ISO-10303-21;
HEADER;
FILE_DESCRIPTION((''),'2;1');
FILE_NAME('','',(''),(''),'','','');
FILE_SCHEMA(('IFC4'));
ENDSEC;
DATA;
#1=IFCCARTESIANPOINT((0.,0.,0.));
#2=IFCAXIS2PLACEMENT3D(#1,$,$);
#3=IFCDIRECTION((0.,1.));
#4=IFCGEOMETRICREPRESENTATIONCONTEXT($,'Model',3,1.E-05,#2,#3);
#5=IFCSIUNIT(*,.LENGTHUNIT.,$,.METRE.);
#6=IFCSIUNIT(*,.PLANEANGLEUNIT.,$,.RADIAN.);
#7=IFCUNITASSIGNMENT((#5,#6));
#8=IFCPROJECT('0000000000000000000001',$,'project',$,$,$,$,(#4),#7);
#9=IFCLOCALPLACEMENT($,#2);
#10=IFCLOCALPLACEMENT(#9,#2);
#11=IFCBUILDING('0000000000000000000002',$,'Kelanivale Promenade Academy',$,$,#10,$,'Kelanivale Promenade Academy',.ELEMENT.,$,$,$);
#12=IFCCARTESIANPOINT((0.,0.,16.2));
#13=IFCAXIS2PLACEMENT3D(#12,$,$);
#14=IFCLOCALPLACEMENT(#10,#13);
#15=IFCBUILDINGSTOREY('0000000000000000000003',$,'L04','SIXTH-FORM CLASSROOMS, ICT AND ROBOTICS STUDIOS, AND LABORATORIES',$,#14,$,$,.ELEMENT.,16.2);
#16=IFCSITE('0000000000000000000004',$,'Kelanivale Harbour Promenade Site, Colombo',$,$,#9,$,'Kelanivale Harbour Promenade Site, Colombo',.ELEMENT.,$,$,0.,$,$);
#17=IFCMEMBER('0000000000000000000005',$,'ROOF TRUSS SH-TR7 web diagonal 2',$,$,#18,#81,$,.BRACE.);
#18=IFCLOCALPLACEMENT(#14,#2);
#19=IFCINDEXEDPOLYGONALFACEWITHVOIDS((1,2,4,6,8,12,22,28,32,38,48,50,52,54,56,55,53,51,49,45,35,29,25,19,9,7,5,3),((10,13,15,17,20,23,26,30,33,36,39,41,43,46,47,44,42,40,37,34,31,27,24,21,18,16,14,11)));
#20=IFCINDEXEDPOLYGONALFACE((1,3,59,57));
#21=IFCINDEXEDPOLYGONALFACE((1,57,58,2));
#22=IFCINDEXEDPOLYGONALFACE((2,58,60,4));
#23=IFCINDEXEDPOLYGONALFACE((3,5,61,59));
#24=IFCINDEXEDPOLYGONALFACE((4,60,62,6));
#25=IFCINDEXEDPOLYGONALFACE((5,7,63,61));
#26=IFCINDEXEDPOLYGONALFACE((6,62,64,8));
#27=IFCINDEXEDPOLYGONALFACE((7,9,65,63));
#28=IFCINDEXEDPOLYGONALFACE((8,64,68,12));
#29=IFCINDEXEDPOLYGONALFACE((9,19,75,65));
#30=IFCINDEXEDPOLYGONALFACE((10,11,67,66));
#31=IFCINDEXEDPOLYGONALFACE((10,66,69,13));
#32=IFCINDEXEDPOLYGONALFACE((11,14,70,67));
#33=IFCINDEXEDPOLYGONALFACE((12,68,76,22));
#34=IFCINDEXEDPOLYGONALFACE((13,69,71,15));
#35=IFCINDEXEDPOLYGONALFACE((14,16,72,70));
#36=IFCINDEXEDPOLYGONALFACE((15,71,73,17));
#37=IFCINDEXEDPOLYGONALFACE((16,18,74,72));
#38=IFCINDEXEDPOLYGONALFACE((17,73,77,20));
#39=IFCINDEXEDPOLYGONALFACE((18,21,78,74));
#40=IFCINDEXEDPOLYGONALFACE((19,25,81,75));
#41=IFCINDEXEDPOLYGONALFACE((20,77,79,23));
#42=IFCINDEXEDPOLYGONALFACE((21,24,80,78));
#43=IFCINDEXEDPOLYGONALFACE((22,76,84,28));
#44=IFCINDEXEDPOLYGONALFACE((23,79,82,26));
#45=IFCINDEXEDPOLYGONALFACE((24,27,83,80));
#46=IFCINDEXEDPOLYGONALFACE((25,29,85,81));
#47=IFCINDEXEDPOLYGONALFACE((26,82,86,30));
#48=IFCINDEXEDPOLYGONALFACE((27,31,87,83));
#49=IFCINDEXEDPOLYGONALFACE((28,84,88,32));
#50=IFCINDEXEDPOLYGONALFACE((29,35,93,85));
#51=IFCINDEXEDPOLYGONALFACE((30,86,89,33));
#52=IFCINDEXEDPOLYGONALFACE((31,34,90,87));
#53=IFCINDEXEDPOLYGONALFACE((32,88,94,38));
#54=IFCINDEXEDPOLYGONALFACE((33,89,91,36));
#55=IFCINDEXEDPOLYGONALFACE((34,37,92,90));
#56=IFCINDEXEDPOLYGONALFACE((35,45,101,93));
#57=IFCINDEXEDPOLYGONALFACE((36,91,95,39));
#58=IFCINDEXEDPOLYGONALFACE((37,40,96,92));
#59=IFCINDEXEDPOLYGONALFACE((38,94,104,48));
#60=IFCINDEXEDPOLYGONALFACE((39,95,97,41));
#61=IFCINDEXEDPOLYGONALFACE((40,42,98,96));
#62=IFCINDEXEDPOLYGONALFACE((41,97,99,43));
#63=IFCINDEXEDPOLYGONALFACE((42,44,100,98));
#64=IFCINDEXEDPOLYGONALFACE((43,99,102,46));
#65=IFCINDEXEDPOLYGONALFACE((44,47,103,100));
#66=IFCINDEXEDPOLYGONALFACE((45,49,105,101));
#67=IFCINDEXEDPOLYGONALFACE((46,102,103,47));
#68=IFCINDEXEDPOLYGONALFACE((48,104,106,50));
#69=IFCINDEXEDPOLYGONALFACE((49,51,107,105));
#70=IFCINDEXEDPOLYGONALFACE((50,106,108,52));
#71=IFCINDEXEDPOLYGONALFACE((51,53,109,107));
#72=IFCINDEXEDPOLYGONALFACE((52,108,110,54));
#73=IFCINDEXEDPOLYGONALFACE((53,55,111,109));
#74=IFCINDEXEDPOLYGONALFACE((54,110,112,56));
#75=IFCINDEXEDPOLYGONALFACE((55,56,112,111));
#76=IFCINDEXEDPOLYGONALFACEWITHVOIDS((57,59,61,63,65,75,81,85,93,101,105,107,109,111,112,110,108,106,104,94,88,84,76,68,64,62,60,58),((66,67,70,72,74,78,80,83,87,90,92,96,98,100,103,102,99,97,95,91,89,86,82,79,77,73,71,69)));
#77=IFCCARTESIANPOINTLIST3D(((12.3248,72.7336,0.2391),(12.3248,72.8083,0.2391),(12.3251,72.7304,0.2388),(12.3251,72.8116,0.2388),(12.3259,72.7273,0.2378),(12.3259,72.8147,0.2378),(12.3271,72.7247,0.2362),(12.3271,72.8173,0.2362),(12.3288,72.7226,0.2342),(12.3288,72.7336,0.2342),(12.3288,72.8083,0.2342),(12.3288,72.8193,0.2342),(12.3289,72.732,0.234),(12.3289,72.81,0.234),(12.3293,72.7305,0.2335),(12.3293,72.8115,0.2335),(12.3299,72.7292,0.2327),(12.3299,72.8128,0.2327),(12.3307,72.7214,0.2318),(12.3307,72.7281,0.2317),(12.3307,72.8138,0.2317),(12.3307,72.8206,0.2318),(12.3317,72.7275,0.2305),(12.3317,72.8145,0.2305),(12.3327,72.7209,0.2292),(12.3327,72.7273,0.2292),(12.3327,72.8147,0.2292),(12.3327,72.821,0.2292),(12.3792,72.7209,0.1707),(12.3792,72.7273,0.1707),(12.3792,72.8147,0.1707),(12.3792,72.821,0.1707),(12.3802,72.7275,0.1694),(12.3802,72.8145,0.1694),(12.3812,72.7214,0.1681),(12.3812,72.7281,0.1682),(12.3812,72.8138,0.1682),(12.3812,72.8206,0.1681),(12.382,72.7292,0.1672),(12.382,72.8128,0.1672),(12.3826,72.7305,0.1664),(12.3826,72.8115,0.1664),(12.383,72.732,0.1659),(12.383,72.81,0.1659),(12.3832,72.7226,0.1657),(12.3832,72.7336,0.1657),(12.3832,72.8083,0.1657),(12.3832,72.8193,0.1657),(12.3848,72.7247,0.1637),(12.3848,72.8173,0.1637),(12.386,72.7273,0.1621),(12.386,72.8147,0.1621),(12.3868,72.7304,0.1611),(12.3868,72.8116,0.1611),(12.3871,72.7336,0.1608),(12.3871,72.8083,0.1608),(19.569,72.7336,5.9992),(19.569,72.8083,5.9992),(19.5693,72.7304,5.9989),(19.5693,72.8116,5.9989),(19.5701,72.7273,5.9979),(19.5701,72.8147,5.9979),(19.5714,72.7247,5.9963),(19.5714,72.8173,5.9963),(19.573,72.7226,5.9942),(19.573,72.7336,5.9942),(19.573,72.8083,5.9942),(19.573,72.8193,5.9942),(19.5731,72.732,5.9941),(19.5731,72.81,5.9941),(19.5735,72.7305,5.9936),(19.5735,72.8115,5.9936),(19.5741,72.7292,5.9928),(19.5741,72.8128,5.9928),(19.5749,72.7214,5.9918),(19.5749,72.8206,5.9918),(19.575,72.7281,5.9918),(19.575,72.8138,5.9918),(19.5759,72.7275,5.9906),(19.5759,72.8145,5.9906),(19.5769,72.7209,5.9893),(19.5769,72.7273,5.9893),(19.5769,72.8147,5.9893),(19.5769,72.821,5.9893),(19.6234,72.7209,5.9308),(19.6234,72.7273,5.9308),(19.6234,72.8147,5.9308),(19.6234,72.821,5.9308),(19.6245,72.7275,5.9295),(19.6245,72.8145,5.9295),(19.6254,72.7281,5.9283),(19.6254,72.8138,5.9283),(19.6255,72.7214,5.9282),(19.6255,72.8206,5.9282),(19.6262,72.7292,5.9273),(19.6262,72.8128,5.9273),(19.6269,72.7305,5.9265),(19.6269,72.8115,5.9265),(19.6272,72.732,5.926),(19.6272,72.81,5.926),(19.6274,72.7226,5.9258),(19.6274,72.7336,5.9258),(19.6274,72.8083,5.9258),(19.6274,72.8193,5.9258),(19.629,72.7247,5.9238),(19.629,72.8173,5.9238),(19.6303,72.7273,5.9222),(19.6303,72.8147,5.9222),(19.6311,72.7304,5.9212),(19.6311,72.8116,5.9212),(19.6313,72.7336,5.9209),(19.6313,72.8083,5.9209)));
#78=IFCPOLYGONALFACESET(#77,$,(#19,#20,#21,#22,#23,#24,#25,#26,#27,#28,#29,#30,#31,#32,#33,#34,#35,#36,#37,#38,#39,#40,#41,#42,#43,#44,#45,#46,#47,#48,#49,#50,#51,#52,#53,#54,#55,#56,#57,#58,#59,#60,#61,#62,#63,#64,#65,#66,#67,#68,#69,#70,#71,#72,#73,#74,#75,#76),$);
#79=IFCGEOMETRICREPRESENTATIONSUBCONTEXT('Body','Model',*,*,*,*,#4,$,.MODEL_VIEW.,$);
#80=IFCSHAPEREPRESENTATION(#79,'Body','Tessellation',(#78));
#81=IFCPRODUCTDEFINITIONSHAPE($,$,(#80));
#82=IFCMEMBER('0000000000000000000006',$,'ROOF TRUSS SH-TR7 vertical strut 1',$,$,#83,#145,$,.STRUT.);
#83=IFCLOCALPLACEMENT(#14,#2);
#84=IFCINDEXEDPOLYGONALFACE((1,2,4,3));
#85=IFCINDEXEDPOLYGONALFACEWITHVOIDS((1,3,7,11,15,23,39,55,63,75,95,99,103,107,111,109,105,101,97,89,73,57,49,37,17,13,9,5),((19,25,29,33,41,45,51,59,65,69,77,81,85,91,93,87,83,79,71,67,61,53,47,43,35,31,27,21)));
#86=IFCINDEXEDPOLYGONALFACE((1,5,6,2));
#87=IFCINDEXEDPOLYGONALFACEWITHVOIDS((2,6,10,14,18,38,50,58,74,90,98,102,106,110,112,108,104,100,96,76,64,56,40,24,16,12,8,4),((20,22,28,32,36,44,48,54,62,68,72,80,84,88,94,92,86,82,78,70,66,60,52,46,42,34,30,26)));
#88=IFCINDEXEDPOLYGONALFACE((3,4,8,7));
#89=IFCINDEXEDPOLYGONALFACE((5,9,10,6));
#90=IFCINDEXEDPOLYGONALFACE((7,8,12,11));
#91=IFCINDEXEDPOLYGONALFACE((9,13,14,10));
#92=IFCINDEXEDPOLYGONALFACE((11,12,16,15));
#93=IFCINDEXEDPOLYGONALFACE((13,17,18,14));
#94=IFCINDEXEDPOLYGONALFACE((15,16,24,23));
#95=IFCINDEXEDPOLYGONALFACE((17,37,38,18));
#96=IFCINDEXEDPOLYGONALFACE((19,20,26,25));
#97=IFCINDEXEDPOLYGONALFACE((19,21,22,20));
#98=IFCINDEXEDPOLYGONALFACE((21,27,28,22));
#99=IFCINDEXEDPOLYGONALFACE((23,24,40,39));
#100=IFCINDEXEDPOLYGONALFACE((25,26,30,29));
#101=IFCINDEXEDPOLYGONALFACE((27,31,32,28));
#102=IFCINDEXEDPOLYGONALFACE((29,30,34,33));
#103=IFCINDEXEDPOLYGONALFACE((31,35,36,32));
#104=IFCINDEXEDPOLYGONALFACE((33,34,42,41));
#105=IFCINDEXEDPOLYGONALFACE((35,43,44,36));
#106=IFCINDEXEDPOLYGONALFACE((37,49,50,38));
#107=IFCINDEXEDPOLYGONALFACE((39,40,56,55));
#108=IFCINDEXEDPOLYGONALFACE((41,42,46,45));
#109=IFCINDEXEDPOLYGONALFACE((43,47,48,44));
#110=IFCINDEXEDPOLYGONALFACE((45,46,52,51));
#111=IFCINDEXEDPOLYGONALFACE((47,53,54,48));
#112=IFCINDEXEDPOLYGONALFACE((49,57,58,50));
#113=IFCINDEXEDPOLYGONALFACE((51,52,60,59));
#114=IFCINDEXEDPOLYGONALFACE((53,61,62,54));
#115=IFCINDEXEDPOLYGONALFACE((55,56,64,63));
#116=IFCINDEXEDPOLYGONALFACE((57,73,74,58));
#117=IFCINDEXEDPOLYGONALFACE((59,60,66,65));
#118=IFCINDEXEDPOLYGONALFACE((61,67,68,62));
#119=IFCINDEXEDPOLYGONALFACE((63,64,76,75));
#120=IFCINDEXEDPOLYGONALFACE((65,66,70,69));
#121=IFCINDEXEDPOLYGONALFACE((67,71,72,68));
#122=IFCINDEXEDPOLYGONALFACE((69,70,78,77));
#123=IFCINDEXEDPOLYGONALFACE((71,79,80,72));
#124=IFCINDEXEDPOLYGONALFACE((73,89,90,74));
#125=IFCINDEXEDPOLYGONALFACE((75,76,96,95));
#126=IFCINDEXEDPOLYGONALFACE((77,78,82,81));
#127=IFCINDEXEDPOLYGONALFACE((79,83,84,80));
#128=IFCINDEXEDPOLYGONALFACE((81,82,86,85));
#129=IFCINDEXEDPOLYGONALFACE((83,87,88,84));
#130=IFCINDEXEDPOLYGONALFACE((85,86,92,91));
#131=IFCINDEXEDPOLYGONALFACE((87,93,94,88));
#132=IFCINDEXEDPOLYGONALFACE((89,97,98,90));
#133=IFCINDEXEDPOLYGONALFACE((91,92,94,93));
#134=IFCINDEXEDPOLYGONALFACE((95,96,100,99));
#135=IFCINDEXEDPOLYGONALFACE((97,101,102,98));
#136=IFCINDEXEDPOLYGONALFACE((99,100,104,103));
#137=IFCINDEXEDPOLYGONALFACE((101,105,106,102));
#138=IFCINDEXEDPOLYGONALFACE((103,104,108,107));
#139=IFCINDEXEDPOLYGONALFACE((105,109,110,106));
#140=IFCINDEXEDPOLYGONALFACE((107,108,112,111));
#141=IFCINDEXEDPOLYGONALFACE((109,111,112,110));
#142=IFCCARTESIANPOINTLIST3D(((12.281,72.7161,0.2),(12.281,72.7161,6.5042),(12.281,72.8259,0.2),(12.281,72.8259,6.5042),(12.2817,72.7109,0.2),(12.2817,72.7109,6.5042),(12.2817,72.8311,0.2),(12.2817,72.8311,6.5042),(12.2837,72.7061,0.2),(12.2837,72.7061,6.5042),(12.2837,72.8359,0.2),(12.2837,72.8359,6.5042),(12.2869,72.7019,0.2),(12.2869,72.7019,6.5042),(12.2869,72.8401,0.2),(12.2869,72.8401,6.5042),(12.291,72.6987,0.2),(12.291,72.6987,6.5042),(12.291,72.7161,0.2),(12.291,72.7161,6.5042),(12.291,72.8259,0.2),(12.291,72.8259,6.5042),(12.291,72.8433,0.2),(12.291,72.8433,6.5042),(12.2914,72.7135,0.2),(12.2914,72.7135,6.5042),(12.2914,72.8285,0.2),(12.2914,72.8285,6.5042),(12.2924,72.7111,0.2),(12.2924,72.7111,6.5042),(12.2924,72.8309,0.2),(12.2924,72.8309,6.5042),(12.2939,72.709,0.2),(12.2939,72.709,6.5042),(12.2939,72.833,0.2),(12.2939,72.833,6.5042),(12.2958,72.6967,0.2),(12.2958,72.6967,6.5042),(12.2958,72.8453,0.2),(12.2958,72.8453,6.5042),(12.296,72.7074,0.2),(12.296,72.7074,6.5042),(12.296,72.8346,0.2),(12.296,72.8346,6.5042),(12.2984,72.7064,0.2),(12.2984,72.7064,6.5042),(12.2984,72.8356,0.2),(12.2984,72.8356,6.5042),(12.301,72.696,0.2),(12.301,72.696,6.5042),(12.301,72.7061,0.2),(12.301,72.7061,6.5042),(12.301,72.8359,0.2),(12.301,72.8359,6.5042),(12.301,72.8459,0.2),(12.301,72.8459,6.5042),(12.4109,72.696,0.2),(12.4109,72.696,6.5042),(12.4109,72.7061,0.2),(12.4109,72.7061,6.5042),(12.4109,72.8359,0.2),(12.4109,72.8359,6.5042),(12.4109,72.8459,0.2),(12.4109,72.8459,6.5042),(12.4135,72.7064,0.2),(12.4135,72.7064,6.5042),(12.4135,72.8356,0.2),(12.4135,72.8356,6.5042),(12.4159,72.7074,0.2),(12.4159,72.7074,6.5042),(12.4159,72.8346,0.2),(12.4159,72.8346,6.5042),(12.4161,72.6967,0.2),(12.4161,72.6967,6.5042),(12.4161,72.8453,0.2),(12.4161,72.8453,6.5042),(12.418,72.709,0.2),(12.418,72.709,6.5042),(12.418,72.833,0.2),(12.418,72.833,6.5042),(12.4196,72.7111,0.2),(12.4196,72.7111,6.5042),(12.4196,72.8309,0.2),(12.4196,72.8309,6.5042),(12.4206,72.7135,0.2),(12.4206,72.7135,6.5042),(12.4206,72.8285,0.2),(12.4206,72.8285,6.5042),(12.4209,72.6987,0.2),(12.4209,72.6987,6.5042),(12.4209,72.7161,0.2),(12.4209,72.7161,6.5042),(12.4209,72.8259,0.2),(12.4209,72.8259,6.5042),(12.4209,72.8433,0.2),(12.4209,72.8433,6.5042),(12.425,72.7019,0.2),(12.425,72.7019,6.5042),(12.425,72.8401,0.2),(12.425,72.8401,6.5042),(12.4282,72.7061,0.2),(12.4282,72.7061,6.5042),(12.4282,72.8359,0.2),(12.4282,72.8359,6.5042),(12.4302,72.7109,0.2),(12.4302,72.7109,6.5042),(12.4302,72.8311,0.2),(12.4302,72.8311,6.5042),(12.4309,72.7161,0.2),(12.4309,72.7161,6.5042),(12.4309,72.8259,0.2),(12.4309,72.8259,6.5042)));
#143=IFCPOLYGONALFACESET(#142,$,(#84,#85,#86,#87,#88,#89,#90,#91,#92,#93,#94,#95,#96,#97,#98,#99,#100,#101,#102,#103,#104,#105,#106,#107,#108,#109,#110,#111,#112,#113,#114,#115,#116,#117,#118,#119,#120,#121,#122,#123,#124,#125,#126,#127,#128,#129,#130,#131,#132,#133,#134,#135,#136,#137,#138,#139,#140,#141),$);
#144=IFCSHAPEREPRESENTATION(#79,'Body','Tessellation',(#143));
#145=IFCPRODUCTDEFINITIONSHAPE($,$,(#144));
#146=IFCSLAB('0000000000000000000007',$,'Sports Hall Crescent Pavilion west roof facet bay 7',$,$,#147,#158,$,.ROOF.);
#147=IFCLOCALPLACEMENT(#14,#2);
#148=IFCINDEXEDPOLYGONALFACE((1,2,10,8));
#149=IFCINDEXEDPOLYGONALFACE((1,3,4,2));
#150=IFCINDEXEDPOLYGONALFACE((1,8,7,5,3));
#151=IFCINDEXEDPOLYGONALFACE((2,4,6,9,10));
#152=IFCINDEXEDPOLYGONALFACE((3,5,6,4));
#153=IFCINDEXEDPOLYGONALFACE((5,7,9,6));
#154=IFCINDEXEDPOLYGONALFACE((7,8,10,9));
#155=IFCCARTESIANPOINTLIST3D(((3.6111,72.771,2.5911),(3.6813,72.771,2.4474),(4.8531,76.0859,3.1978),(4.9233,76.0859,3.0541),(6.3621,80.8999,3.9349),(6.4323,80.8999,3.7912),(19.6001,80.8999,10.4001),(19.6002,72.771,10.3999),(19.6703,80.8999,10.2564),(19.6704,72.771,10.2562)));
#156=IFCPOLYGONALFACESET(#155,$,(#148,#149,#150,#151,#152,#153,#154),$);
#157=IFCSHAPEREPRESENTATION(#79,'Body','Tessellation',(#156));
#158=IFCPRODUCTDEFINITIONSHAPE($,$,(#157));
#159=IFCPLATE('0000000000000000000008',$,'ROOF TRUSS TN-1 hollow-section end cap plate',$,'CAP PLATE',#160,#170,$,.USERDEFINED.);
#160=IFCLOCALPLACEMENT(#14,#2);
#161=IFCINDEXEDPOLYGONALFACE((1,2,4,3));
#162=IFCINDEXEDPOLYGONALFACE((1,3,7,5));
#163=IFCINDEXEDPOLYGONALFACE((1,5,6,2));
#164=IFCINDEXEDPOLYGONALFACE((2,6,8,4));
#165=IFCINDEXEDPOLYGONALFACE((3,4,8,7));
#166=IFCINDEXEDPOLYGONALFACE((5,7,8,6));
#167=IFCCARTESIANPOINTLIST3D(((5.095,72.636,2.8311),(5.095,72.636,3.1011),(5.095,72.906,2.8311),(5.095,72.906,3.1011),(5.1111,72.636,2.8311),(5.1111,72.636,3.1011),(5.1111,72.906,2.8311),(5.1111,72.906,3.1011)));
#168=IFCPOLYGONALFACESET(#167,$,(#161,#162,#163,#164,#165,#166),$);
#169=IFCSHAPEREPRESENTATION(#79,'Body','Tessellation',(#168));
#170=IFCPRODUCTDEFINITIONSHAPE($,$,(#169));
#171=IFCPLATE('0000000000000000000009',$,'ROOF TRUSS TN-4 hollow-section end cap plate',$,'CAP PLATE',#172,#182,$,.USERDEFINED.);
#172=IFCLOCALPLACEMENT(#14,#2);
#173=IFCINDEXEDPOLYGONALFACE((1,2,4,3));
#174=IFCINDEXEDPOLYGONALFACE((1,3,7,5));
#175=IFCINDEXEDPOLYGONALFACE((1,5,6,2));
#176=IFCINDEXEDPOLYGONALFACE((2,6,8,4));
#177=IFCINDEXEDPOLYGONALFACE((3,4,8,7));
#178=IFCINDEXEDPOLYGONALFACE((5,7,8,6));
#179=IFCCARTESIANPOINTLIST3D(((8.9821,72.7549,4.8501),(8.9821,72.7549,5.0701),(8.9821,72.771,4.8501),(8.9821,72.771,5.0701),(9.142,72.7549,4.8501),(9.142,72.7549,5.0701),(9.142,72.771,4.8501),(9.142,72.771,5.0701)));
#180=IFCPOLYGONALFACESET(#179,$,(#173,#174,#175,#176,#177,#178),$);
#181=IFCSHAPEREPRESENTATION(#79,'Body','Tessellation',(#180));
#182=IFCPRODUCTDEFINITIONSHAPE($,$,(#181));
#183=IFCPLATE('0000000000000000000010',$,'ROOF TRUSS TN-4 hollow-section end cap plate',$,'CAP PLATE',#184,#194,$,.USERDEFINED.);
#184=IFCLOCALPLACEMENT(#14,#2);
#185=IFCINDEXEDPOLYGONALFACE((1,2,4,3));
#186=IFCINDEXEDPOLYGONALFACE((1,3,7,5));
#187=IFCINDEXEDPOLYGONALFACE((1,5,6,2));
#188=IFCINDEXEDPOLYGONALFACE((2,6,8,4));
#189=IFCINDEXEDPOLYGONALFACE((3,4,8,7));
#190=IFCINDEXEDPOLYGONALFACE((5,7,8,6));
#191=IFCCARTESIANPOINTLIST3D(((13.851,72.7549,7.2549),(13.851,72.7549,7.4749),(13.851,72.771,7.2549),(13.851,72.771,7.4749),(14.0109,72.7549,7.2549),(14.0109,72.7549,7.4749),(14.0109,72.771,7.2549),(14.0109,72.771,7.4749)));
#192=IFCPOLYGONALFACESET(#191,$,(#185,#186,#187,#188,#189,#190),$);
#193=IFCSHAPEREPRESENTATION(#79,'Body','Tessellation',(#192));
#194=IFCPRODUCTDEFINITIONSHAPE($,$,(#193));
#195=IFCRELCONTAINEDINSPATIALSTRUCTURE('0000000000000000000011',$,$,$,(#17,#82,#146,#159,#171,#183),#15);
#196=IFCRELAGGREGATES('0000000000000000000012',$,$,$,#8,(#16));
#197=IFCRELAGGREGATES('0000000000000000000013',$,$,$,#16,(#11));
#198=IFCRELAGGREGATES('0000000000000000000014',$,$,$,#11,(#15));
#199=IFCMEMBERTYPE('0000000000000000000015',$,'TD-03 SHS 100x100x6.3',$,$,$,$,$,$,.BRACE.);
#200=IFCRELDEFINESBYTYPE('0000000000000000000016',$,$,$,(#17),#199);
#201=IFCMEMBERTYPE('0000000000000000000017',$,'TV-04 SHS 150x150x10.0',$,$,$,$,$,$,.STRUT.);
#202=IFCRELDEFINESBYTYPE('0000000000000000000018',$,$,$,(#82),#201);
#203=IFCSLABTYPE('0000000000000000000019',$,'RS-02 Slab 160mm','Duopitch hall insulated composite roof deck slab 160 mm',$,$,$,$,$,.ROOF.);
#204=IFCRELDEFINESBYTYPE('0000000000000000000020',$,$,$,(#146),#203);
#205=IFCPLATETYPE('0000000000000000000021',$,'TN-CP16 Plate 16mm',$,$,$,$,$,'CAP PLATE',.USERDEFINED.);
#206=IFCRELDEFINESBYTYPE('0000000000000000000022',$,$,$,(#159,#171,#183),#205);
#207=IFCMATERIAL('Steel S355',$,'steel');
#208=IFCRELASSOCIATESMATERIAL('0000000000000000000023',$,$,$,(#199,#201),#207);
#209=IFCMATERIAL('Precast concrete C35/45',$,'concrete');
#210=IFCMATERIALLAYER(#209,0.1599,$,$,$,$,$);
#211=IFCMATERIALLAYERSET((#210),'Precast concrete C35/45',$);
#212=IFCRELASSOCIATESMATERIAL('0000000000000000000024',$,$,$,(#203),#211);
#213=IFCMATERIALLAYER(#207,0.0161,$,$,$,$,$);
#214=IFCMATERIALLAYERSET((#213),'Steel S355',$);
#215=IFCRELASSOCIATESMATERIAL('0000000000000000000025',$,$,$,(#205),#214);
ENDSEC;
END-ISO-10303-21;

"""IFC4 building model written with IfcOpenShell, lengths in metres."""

from ifc_helpers import new_model, si_unit, direction, frame, origin, origin_2d, place, context, subcontext, project, spatial, polyline, rectangle, hollow_rectangle, outline, extrude, material, layer, layer_set, material_profile, profile_set, type_object, element, save


model = new_model("IFC4")

# Units and contexts
model_context = context("Model", 3, precision=1e-05, world=origin(), true_north=direction((0.0, 1.0)))
body_context = subcontext(model_context, "Body", "Model", "MODEL_VIEW")
ifc_project = project(units=[si_unit("LENGTHUNIT", "METRE"), si_unit("PLANEANGLEUNIT", "RADIAN")], contexts=[model_context])

# Site, building, storey
site_placement = place(None, origin())
site = spatial("IfcSite", under=ifc_project, at=site_placement, Name="Kelanivale Harbour Promenade Site, Colombo", LongName="Kelanivale Harbour Promenade Site, Colombo", CompositionType="ELEMENT", RefElevation=0.0)
building_placement = place(site_placement, origin())
building = spatial("IfcBuilding", under=site, at=building_placement, Name="Kelanivale Promenade Academy", LongName="Kelanivale Promenade Academy", CompositionType="ELEMENT")
storey_placement = place(building_placement, frame((0.0, 0.0, 16.2)))
storey = spatial("IfcBuildingStorey", under=building, at=storey_placement, Name="L04", Description="SIXTH-FORM CLASSROOMS, ICT AND ROBOTICS STUDIOS, AND LABORATORIES", CompositionType="ELEMENT", Elevation=16.2)

# Shared definitions
ifc_material_1 = material(Name="Steel S355", Category="steel")

# Members
ifc_material_profile_1 = material_profile(ifc_material_1, hollow_rectangle(XDim=0.1001, YDim=0.1001, WallThickness=0.0063, InnerFilletRadius=0.0063, OuterFilletRadius=0.0127, at=origin_2d()), Name="SHS 100x100x6.3")
ifc_profile_set_1 = profile_set([ifc_material_profile_1], Name="Steel S355")
member_type_1 = type_object("IfcMemberType", Name="TD-03 SHS 100x100x6.3", PredefinedType="BRACE", material=ifc_profile_set_1)
member_1_placement = place(storey_placement, frame((12.356, 72.771, 0.2), z_axis=(0.782726, 0.0, 0.622366), x_axis=(0.0, 1.0, 0.0)))
element("IfcMember", 1, at=member_1_placement, inside=storey, type_object=member_type_1, Name="ROOF TRUSS SH-TR7 web diagonal 2", PredefinedType="BRACE", context=body_context, shape_type="SweptSolid", body=[
    extrude(hollow_rectangle(XDim=0.1001, YDim=0.1001, WallThickness=0.0063, InnerFilletRadius=0.0063, OuterFilletRadius=0.0127, at=origin_2d()), origin(), (0.0, 0.0, 1.0), 9.2551),
])
ifc_material_profile_2 = material_profile(ifc_material_1, hollow_rectangle(XDim=0.1499, YDim=0.1499, WallThickness=0.01, InnerFilletRadius=0.01, OuterFilletRadius=0.02, at=origin_2d()), Name="SHS 150x150x10.0")
ifc_profile_set_2 = profile_set([ifc_material_profile_2], Name="Steel S355")
member_type_2 = type_object("IfcMemberType", Name="TV-04 SHS 150x150x10.0", PredefinedType="STRUT", material=ifc_profile_set_2)
member_2_placement = place(storey_placement, frame((12.356, 72.771, 0.2), z_axis=(0.0, 0.0, 1.0), x_axis=(1.0, 0.0, 0.0)))
element("IfcMember", 2, at=member_2_placement, inside=storey, type_object=member_type_2, Name="ROOF TRUSS SH-TR7 vertical strut 1", PredefinedType="STRUT", context=body_context, shape_type="SweptSolid", body=[
    extrude(hollow_rectangle(XDim=0.1499, YDim=0.1499, WallThickness=0.01, InnerFilletRadius=0.01, OuterFilletRadius=0.02, at=origin_2d()), origin(), (0.0, 0.0, 1.0), 6.3042),
])

# Slab
ifc_material_2 = material(Name="Precast concrete C35/45", Category="concrete")
ifc_layer_1 = layer(ifc_material_2, 0.1599)
ifc_layer_set_1 = layer_set([ifc_layer_1], Name="Precast concrete C35/45")
slab_type = type_object("IfcSlabType", Name="RS-02 Slab 160mm", Description="Duopitch hall insulated composite roof deck slab 160 mm", PredefinedType="ROOF", material=ifc_layer_set_1)
slab_placement = place(storey_placement, frame((3.6111, 72.771, 2.5911), z_axis=(-0.438843, -0.000027, 0.898564), x_axis=(0.898564, 0.0, 0.438843)))
element("IfcSlab", 3, at=slab_placement, inside=storey, type_object=slab_type, Name="Sports Hall Crescent Pavilion west roof facet bay 7", PredefinedType="ROOF", context=body_context, shape_type="SweptSolid", body=[
    extrude(outline(polyline([(0.0, 0.0), (17.7941, 0.0), (17.7941, 8.1289), (3.0617, 8.1289), (1.3823, 3.3149), (0.0, 0.0)])), origin(), (0.0, 0.0, -1.0), 0.1599),
])

# Plates
ifc_layer_2 = layer(ifc_material_1, 0.0161)
ifc_layer_set_2 = layer_set([ifc_layer_2], Name="Steel S355")
plate_type_1 = type_object("IfcPlateType", Name="TN-CP16 Plate 16mm", ElementType="CAP PLATE", PredefinedType="USERDEFINED", material=ifc_layer_set_2)
plate_1_placement = place(storey_placement, frame((5.103, 72.771, 2.8311), z_axis=(0.0, 0.0, 1.0), x_axis=(-1.0, 0.0, 0.0)))
element("IfcPlate", 4, at=plate_1_placement, inside=storey, type_object=plate_type_1, Name="ROOF TRUSS TN-1 hollow-section end cap plate", ObjectType="CAP PLATE", PredefinedType="USERDEFINED", context=body_context, shape_type="SweptSolid", body=[
    extrude(rectangle(XDim=0.0161, YDim=0.27, at=origin_2d()), origin(), (0.0, 0.0, 1.0), 0.27),
])
for number, where, z_axis, x_axis, name in (
    (5, (9.062, 72.7629, 4.8501), (0.0, 0.0, 1.0), (0.0, -1.0, 0.0), "ROOF TRUSS TN-4 hollow-section end cap plate"),
    (6, (13.9309, 72.7629, 7.2549), (0.0, 0.0, 1.0), (0.0, -1.0, 0.0), "ROOF TRUSS TN-4 hollow-section end cap plate"),
):
    element("IfcPlate", number, at=place(storey_placement, frame(where, z_axis=z_axis, x_axis=x_axis)), inside=storey, type_object=plate_type_1, Name=name, ObjectType="CAP PLATE", PredefinedType="USERDEFINED", context=body_context, shape_type="SweptSolid", body=[
        extrude(rectangle(XDim=0.0161, YDim=0.1599, at=origin_2d()), origin(), (0.0, 0.0, 1.0), 0.22),
    ])

save(model, "model.ifc")
